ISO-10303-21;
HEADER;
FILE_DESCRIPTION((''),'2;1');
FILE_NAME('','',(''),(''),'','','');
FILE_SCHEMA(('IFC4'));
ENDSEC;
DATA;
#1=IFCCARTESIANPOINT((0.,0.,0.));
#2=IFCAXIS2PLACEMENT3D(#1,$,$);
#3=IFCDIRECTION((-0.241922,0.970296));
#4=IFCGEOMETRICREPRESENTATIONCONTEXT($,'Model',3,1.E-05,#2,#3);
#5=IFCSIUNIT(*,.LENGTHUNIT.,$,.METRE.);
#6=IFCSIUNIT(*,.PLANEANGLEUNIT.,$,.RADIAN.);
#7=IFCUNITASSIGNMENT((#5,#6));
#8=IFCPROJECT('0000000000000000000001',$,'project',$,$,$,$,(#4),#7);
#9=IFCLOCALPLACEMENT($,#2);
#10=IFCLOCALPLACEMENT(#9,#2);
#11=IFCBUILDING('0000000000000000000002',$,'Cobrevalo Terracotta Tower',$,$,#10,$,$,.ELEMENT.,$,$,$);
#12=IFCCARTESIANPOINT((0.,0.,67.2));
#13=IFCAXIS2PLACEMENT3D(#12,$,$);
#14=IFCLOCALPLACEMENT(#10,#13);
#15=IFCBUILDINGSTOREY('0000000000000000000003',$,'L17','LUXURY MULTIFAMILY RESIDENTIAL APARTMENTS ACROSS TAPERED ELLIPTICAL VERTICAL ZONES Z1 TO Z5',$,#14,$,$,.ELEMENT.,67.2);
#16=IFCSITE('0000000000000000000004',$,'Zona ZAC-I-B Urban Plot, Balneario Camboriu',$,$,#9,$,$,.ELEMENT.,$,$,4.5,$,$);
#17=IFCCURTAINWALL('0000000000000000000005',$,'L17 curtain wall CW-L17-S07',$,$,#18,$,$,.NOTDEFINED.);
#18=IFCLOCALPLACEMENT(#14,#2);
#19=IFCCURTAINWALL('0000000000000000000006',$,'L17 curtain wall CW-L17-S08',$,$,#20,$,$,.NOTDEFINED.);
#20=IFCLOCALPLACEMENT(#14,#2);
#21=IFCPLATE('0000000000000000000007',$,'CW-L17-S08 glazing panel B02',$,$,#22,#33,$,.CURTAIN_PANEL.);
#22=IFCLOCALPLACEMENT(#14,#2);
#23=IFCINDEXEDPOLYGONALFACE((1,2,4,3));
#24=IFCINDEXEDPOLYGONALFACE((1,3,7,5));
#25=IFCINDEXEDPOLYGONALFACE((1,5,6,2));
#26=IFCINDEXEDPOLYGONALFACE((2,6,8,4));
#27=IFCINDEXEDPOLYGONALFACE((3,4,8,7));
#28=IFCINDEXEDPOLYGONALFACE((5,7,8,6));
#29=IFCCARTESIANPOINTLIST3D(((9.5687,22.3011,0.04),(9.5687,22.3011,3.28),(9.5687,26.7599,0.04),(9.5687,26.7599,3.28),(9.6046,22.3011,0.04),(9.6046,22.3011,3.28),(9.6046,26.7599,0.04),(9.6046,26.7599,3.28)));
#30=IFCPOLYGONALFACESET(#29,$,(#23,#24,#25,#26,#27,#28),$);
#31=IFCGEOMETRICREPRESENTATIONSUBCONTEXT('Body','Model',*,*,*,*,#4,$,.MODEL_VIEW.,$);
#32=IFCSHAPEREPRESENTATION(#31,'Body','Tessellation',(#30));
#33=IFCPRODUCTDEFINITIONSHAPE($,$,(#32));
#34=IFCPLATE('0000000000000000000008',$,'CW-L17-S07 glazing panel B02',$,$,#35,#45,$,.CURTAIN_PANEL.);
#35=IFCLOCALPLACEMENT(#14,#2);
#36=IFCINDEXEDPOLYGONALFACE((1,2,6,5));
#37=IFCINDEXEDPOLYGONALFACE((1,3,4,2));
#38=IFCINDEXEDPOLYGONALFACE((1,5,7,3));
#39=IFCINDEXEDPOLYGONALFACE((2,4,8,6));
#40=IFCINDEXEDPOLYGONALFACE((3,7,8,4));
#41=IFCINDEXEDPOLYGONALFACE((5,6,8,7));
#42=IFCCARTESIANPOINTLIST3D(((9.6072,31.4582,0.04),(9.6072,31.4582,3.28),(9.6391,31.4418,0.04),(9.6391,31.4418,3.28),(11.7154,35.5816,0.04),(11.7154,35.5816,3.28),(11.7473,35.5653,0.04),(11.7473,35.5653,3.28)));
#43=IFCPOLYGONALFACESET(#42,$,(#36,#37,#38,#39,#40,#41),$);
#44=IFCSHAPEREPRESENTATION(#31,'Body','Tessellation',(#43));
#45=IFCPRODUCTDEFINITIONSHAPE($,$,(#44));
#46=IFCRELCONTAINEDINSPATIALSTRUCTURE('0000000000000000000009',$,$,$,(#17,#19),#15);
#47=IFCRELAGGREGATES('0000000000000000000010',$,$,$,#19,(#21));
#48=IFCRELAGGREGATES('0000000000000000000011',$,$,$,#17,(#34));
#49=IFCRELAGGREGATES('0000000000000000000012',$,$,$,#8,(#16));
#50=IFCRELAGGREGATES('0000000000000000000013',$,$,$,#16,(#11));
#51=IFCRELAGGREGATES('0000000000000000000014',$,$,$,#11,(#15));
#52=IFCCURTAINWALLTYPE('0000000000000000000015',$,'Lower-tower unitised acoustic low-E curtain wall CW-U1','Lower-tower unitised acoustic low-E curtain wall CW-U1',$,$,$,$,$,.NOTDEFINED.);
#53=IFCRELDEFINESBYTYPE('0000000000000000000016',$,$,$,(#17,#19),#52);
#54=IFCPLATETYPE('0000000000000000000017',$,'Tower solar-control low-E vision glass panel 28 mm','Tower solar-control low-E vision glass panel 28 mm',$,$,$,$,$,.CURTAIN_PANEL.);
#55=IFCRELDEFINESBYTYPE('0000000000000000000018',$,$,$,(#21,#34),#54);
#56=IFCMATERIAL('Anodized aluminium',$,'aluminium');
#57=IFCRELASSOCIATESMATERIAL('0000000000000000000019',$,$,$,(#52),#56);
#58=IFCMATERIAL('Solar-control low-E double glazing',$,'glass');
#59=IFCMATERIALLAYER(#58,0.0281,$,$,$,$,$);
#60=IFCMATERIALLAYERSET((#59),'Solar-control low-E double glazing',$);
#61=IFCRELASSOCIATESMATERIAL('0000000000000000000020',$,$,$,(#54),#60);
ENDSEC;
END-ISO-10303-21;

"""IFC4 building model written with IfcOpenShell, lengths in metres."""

from ifc_helpers import new_model, si_unit, direction, frame, origin, origin_2d, place, context, subcontext, project, spatial, rectangle, extrude, source, transform, mapped, material, layer, layer_set, type_object, element, aggregate, save


model = new_model("IFC4")

# Units and contexts
model_context = context("Model", 3, precision=1e-05, world=origin(), true_north=direction((-0.241922, 0.970296)))
body_context = subcontext(model_context, "Body", "Model", "MODEL_VIEW")
ifc_project = project(units=[si_unit("LENGTHUNIT", "METRE"), si_unit("PLANEANGLEUNIT", "RADIAN")], contexts=[model_context])

# Site, building, storey
site_placement = place(None, origin())
site = spatial("IfcSite", under=ifc_project, at=site_placement, Name="Zona ZAC-I-B Urban Plot, Balneario Camboriu", CompositionType="ELEMENT", RefElevation=4.5)
building_placement = place(site_placement, origin())
building = spatial("IfcBuilding", under=site, at=building_placement, Name="Cobrevalo Terracotta Tower", CompositionType="ELEMENT")
storey_placement = place(building_placement, frame((0.0, 0.0, 67.2)))
storey = spatial("IfcBuildingStorey", under=building, at=storey_placement, Name="L17", Description="LUXURY MULTIFAMILY RESIDENTIAL APARTMENTS ACROSS TAPERED ELLIPTICAL VERTICAL ZONES Z1 TO Z5", CompositionType="ELEMENT", Elevation=67.2)

# Curtain wall
ifc_material_1 = material(Name="Anodized aluminium", Category="aluminium")
curtain_wall_type = type_object("IfcCurtainWallType", Name="Lower-tower unitised acoustic low-E curtain wall CW-U1", Description="Lower-tower unitised acoustic low-E curtain wall CW-U1", PredefinedType="NOTDEFINED", material=ifc_material_1)
curtain_wall_1_placement = place(storey_placement, origin())
curtain_wall_1 = element("IfcCurtainWall", 1, at=curtain_wall_1_placement, inside=storey, type_object=curtain_wall_type, Name="L17 curtain wall CW-L17-S07", PredefinedType="NOTDEFINED")

# Curtain wall, plate
curtain_wall_2_placement = place(storey_placement, origin())
curtain_wall_2 = element("IfcCurtainWall", 2, at=curtain_wall_2_placement, inside=storey, type_object=curtain_wall_type, Name="L17 curtain wall CW-L17-S08", PredefinedType="NOTDEFINED")
ifc_material_2 = material(Name="Solar-control low-E double glazing", Category="glass")
ifc_layer = layer(ifc_material_2, 0.0281)
ifc_layer_set = layer_set([ifc_layer], Name="Solar-control low-E double glazing")
plate_type = type_object("IfcPlateType", Name="Tower solar-control low-E vision glass panel 28 mm", Description="Tower solar-control low-E vision glass panel 28 mm", PredefinedType="CURTAIN_PANEL", material=ifc_layer_set)
shared_shape_1 = source(origin(), body_context, "Body", "SweptSolid", [
    extrude(rectangle(XDim=4.4587, YDim=0.0359, at=origin_2d()), origin(), (0.0, 0.0, 1.0), 3.24),
])
plate_1_placement = place(storey_placement, frame((9.5867, 24.5305, 0.04), z_axis=(0.0, 0.0, 1.0), x_axis=(0.0, -1.0, 0.0)))
plate_1 = element("IfcPlate", 3, at=plate_1_placement, type_object=plate_type, Name="CW-L17-S08 glazing panel B02", PredefinedType="CURTAIN_PANEL", context=body_context, shape_type="MappedRepresentation", body=[
    mapped(shared_shape_1, transform((0.0, 0.0, 0.0), scale=1.0)),
])
aggregate(curtain_wall_2, [plate_1])

# Plate
shared_shape_2 = source(origin(), body_context, "Body", "SweptSolid", [
    extrude(rectangle(XDim=4.6311, YDim=0.0359, at=origin_2d()), origin(), (0.0, 0.0, 1.0), 3.24),
])
plate_2_placement = place(storey_placement, frame((10.6772, 33.5117, 0.04), z_axis=(0.0, 0.0, 1.0), x_axis=(-0.455231, -0.890373, 0.0)))
plate_2 = element("IfcPlate", 4, at=plate_2_placement, type_object=plate_type, Name="CW-L17-S07 glazing panel B02", PredefinedType="CURTAIN_PANEL", context=body_context, shape_type="MappedRepresentation", body=[
    mapped(shared_shape_2, transform((0.0, 0.0, 0.0), scale=1.0)),
])
aggregate(curtain_wall_1, [plate_2])

save(model, "model.ifc")
